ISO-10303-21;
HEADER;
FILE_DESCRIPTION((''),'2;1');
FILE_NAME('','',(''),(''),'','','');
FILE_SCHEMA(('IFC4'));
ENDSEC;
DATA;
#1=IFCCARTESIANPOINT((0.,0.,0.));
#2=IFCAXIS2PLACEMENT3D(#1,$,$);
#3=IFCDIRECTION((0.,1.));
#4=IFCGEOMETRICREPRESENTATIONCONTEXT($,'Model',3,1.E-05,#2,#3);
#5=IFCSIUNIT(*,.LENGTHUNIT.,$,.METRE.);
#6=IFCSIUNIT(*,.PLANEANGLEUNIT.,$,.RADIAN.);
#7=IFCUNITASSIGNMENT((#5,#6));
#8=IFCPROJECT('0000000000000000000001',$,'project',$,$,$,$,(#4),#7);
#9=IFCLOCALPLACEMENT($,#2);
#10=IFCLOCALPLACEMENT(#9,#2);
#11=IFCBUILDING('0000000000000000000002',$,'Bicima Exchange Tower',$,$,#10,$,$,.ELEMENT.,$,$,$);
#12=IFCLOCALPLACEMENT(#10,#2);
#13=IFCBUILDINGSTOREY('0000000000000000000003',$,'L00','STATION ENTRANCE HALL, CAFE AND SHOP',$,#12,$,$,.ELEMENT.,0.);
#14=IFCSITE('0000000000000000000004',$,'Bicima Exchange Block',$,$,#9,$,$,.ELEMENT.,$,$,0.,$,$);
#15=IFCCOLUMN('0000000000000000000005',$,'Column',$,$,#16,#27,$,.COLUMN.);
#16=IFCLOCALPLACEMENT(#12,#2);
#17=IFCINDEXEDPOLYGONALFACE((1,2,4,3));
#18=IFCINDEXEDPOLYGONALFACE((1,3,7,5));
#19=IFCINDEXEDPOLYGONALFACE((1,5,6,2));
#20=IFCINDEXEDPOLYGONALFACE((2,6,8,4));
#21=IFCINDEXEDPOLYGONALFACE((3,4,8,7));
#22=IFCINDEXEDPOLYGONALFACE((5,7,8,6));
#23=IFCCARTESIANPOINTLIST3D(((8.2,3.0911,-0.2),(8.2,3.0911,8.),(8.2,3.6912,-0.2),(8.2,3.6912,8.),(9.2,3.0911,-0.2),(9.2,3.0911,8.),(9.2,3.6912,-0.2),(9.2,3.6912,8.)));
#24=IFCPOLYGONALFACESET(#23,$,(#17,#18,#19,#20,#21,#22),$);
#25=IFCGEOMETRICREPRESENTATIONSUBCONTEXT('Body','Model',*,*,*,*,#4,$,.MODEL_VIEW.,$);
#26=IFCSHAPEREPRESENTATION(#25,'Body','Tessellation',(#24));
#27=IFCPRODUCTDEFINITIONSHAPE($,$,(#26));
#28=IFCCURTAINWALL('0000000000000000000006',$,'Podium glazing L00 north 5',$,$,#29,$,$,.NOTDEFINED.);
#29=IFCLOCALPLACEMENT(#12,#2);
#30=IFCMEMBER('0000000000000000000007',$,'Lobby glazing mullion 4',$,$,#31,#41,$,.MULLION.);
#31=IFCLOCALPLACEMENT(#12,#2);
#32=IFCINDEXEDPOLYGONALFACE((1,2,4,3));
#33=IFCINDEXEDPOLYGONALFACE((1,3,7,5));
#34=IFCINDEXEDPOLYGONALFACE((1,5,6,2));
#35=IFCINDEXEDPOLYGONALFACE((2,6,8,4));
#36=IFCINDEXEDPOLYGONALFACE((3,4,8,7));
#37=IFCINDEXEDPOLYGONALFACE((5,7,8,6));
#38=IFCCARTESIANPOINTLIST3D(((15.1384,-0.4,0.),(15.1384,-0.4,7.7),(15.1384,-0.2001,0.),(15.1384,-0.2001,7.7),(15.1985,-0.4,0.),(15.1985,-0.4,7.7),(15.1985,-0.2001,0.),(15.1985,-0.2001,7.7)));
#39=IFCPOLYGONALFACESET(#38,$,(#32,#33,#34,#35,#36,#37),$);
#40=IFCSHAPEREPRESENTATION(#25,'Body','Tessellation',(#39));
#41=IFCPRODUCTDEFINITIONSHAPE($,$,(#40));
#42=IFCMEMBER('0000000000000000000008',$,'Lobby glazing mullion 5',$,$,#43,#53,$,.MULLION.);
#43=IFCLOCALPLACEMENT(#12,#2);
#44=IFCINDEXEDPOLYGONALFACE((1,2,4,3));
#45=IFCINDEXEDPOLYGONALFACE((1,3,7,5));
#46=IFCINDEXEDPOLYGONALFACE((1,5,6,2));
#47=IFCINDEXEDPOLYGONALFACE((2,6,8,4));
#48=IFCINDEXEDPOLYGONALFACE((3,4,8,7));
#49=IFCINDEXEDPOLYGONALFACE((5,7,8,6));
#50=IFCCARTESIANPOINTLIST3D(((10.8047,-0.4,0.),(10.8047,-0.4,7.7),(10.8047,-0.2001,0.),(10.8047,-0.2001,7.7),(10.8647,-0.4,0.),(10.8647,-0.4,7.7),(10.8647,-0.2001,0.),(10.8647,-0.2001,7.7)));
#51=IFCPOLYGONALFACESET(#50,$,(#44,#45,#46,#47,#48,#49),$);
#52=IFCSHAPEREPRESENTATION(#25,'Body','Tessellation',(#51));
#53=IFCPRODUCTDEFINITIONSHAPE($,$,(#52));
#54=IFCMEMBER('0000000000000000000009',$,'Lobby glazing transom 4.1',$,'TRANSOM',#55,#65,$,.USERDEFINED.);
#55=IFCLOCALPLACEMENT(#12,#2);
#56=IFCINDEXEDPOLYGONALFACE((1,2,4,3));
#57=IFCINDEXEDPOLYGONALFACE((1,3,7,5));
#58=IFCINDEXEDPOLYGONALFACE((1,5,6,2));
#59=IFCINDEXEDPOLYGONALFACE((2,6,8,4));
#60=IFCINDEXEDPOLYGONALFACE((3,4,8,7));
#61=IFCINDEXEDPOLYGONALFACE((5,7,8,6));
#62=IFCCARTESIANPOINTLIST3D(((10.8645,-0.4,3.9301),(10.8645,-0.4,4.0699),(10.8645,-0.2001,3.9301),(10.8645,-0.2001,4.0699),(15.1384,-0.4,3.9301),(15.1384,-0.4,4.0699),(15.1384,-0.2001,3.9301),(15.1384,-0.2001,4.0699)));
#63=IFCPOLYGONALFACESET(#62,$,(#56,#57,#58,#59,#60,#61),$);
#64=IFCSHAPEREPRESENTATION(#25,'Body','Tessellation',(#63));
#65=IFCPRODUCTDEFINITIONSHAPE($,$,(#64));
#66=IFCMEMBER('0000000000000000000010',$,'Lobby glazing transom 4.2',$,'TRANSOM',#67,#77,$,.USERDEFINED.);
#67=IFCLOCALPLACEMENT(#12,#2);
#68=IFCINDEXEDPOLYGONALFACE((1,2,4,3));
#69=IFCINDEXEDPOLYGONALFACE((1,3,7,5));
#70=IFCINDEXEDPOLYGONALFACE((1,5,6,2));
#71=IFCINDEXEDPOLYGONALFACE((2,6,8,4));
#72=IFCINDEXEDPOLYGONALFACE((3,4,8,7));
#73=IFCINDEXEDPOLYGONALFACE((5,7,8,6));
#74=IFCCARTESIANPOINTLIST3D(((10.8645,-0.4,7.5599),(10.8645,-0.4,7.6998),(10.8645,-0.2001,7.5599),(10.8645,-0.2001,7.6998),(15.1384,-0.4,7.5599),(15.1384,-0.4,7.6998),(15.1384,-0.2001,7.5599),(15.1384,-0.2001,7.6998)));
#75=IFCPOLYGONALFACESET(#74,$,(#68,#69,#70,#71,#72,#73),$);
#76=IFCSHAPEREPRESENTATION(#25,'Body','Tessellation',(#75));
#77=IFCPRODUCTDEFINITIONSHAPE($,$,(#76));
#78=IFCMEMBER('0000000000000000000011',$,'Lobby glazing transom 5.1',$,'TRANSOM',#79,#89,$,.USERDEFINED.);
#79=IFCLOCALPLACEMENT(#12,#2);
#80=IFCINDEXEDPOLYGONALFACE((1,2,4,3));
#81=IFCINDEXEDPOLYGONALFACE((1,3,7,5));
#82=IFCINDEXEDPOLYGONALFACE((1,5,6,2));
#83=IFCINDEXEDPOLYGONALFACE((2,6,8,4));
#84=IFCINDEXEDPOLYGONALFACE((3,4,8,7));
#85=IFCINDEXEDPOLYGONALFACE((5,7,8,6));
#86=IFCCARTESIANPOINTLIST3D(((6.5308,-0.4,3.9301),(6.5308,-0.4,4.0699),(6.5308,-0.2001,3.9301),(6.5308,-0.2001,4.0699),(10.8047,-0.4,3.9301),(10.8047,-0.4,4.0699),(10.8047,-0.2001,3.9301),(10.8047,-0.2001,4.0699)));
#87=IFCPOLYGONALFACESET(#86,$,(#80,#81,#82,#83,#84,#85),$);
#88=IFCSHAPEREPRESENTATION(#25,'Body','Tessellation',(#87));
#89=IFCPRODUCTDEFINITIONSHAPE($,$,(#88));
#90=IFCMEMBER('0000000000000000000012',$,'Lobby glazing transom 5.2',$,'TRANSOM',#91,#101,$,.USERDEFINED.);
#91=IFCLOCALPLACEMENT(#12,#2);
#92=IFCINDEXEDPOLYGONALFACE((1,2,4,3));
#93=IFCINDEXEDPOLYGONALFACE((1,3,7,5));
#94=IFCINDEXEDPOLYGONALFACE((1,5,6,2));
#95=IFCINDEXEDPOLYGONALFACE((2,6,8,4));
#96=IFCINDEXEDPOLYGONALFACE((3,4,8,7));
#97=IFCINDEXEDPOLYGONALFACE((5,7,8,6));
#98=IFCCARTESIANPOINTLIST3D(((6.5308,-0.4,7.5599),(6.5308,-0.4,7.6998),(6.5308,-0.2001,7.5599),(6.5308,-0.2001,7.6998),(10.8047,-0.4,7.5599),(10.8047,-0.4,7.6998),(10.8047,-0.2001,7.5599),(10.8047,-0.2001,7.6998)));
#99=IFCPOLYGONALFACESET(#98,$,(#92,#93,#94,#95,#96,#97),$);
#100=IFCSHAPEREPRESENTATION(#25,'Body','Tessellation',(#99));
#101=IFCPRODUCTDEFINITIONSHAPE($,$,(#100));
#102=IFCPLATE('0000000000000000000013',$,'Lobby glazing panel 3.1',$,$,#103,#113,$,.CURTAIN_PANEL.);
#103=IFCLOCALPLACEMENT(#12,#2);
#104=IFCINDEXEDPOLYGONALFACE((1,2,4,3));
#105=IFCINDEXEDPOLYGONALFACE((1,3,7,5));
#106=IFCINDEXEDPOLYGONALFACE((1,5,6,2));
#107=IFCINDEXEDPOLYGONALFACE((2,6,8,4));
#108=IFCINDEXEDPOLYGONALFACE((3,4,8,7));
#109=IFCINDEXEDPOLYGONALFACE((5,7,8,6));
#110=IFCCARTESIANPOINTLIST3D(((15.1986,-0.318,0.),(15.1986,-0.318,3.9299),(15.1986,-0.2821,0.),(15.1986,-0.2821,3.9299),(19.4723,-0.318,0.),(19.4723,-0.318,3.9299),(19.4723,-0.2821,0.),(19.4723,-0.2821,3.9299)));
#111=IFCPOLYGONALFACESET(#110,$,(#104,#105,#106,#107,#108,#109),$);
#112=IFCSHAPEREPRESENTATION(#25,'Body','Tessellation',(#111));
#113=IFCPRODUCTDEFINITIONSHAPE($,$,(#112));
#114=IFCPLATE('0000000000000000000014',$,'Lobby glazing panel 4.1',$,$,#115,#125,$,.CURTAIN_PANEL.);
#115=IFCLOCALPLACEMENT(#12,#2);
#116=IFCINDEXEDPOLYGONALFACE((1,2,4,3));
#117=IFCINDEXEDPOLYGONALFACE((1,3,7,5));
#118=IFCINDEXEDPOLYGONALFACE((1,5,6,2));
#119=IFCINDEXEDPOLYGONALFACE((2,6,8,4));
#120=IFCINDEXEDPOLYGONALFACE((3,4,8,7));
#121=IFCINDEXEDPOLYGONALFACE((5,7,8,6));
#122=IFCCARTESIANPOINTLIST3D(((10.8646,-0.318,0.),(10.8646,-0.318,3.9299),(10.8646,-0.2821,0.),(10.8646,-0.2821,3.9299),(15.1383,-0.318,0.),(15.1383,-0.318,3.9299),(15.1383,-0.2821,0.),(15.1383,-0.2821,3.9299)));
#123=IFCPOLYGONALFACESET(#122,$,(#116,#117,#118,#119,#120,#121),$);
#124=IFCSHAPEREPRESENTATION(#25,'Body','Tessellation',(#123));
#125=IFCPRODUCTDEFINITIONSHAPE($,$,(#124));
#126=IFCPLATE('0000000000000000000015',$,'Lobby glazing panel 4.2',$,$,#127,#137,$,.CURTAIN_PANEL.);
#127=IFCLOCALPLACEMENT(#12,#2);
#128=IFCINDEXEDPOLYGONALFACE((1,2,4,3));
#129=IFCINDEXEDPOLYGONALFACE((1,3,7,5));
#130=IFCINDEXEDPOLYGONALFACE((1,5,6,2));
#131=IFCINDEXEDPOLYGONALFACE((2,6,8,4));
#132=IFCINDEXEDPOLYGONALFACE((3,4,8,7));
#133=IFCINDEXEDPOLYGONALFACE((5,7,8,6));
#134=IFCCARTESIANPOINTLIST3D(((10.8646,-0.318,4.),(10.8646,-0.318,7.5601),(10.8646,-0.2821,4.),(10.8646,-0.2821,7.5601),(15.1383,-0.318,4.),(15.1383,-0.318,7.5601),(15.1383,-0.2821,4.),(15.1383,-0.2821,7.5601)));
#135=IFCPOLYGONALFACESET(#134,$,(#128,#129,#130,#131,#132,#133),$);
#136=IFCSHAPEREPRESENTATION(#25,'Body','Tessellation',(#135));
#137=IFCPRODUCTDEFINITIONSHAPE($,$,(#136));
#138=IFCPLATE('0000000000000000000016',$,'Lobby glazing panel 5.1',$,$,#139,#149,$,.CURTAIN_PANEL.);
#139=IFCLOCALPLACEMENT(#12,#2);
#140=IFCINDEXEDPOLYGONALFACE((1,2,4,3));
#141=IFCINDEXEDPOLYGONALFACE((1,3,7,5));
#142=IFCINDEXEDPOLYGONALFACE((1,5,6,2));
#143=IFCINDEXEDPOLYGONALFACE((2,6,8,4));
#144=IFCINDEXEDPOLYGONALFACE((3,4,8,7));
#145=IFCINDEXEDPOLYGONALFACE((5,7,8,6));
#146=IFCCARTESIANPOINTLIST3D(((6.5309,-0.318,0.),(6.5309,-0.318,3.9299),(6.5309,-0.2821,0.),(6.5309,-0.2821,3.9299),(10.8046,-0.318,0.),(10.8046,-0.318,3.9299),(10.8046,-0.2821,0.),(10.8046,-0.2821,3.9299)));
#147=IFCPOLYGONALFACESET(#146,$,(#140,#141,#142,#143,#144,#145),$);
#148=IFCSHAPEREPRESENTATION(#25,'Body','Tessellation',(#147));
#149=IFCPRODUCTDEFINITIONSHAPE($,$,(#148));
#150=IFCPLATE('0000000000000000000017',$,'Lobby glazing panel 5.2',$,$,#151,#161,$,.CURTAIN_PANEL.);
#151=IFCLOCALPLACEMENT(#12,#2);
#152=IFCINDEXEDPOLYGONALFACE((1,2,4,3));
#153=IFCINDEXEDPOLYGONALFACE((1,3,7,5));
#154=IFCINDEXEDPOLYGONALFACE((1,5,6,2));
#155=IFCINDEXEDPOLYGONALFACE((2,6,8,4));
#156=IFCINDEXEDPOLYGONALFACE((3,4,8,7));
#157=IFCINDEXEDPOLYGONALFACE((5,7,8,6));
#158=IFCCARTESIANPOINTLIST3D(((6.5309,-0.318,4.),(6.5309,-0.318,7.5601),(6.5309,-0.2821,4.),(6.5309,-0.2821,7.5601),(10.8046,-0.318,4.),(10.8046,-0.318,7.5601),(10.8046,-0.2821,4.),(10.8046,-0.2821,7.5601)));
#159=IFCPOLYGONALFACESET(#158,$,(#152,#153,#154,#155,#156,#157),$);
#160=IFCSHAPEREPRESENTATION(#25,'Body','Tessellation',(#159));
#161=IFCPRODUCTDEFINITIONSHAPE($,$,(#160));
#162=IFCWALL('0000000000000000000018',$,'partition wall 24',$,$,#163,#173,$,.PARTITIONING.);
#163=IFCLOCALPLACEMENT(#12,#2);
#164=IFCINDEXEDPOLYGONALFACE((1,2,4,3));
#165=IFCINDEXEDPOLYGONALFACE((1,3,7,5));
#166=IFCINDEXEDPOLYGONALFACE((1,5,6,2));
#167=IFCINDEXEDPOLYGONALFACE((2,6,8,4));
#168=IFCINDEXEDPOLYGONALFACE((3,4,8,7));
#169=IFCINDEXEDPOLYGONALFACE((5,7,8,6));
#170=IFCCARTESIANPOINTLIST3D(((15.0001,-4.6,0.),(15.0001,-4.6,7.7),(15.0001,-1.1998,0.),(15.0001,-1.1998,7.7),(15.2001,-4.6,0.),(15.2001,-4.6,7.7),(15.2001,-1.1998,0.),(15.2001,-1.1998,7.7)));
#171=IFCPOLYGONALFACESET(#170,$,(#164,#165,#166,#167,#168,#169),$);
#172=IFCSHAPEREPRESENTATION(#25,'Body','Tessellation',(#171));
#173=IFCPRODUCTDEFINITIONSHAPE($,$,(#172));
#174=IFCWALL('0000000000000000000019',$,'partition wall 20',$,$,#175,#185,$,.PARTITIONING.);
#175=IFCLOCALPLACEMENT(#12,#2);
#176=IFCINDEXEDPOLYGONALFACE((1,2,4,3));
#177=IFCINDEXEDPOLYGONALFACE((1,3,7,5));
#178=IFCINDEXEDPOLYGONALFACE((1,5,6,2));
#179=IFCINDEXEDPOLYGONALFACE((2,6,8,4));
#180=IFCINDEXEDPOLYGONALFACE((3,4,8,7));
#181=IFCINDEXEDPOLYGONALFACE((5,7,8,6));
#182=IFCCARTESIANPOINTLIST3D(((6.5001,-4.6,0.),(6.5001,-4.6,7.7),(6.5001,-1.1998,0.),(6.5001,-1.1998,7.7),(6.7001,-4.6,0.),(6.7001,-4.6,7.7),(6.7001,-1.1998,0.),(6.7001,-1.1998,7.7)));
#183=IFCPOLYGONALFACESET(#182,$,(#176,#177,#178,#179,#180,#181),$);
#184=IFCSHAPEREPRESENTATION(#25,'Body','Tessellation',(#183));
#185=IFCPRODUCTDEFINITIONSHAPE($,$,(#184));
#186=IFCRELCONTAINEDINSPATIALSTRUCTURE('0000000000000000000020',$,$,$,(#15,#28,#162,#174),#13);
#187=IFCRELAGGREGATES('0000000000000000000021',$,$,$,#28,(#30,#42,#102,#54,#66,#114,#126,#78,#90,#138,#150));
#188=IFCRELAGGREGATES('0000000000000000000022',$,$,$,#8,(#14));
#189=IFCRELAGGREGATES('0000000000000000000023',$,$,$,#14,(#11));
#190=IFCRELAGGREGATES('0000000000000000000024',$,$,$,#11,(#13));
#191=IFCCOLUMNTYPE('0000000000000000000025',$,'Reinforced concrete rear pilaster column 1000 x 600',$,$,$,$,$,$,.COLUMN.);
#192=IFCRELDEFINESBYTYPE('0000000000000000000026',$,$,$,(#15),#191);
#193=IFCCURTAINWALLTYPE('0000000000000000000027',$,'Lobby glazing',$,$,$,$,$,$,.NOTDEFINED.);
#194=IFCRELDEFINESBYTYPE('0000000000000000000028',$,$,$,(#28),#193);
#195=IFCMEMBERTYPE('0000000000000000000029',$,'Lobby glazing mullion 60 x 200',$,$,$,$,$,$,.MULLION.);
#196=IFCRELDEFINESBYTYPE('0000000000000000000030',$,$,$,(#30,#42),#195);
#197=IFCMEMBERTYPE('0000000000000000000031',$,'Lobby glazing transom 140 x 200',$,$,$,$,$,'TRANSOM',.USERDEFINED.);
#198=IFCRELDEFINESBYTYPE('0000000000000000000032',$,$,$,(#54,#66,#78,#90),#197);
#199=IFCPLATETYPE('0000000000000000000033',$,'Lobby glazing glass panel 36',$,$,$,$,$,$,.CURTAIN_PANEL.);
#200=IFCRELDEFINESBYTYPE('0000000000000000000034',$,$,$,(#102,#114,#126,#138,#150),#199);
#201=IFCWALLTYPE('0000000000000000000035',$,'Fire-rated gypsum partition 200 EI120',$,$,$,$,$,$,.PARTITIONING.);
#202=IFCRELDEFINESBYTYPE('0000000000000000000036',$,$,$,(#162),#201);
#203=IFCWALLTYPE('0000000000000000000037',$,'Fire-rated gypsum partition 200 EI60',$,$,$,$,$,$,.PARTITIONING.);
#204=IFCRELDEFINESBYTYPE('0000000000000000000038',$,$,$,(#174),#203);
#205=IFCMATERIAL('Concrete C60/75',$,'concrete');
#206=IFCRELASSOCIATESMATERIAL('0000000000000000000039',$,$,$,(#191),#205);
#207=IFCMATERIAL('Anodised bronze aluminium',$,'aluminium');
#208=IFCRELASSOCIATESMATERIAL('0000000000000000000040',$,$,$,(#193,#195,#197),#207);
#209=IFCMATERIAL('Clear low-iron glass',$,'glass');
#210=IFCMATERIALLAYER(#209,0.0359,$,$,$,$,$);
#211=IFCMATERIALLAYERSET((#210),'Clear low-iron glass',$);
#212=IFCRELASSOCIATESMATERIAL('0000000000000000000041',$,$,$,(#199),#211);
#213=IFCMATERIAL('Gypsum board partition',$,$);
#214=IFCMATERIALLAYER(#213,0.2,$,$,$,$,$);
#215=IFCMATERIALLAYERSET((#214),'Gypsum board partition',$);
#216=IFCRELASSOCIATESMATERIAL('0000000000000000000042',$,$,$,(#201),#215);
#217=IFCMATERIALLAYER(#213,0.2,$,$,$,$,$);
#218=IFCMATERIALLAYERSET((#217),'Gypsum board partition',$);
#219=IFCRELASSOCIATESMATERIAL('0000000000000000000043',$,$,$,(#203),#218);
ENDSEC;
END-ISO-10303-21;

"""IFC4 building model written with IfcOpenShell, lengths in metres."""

from ifc_helpers import new_model, si_unit, direction, frame, frame_2d, origin, origin_2d, place, context, subcontext, project, spatial, rectangle, extrude, material, layer, layer_set, material_profile, profile_set, type_object, element, aggregate, save


model = new_model("IFC4")

# Units and contexts
model_context = context("Model", 3, precision=1e-05, world=origin(), true_north=direction((0.0, 1.0)))
body_context = subcontext(model_context, "Body", "Model", "MODEL_VIEW")
ifc_project = project(units=[si_unit("LENGTHUNIT", "METRE"), si_unit("PLANEANGLEUNIT", "RADIAN")], contexts=[model_context])

# Site, building, storey
site_placement = place(None, origin())
site = spatial("IfcSite", under=ifc_project, at=site_placement, Name="Bicima Exchange Block", CompositionType="ELEMENT", RefElevation=0.0)
building_placement = place(site_placement, origin())
building = spatial("IfcBuilding", under=site, at=building_placement, Name="Bicima Exchange Tower", CompositionType="ELEMENT")
storey_placement = place(building_placement, origin())
storey = spatial("IfcBuildingStorey", under=building, at=storey_placement, Name="L00", Description="STATION ENTRANCE HALL, CAFE AND SHOP", CompositionType="ELEMENT", Elevation=0.0)

# Column
ifc_material_1 = material(Name="Concrete C60/75", Category="concrete")
ifc_material_profile_1 = material_profile(ifc_material_1, rectangle(XDim=1.0, YDim=0.6001, at=origin_2d()))
ifc_profile_set_1 = profile_set([ifc_material_profile_1], Name="Concrete C60/75")
column_type = type_object("IfcColumnType", Name="Reinforced concrete rear pilaster column 1000 x 600", PredefinedType="COLUMN", material=ifc_profile_set_1)
column_placement = place(storey_placement, frame((8.7, 3.3911, -0.2), z_axis=(0.0, 0.0, 1.0), x_axis=(1.0, 0.0, 0.0)))
element("IfcColumn", 1, at=column_placement, inside=storey, type_object=column_type, Name="Column", PredefinedType="COLUMN", context=body_context, shape_type="SweptSolid", body=[
    extrude(rectangle(XDim=1.0, YDim=0.6001, at=origin_2d()), origin(), (0.0, 0.0, 1.0), 8.2),
])

# Curtain wall, members, plates
ifc_material_2 = material(Name="Anodised bronze aluminium", Category="aluminium")
curtain_wall_type = type_object("IfcCurtainWallType", Name="Lobby glazing", PredefinedType="NOTDEFINED", material=ifc_material_2)
curtain_wall_placement = place(storey_placement, origin())
curtain_wall = element("IfcCurtainWall", 2, at=curtain_wall_placement, inside=storey, type_object=curtain_wall_type, Name="Podium glazing L00 north 5", PredefinedType="NOTDEFINED")
ifc_material_profile_2 = material_profile(ifc_material_2, rectangle(XDim=0.2, YDim=0.0601, at=origin_2d()))
ifc_profile_set_2 = profile_set([ifc_material_profile_2], Name="Anodised bronze aluminium")
member_type_1 = type_object("IfcMemberType", Name="Lobby glazing mullion 60 x 200", PredefinedType="MULLION", material=ifc_profile_set_2)
member_1_placement = place(storey_placement, frame((15.1685, -0.3, 0.0), z_axis=(0.0, 0.0, 1.0), x_axis=(0.0, -1.0, 0.0)))
member_1 = element("IfcMember", 3, at=member_1_placement, type_object=member_type_1, Name="Lobby glazing mullion 4", PredefinedType="MULLION", context=body_context, shape_type="SweptSolid", body=[
    extrude(rectangle(XDim=0.2, YDim=0.0601, at=origin_2d()), origin(), (0.0, 0.0, 1.0), 7.7),
])
member_2_placement = place(storey_placement, frame((10.8347, -0.3, 0.0), z_axis=(0.0, 0.0, 1.0), x_axis=(0.0, -1.0, 0.0)))
member_2 = element("IfcMember", 4, at=member_2_placement, type_object=member_type_1, Name="Lobby glazing mullion 5", PredefinedType="MULLION", context=body_context, shape_type="SweptSolid", body=[
    extrude(rectangle(XDim=0.2, YDim=0.0601, at=origin_2d()), origin(), (0.0, 0.0, 1.0), 7.7),
])
ifc_material_profile_3 = material_profile(ifc_material_2, rectangle(XDim=0.2, YDim=0.1399, at=origin_2d()))
ifc_profile_set_3 = profile_set([ifc_material_profile_3], Name="Anodised bronze aluminium")
member_type_2 = type_object("IfcMemberType", Name="Lobby glazing transom 140 x 200", ElementType="TRANSOM", PredefinedType="USERDEFINED", material=ifc_profile_set_3)
member_3_placement = place(storey_placement, frame((15.1384, -0.3, 4.0), z_axis=(-1.0, 0.0, 0.0), x_axis=(0.0, -1.0, 0.0)))
member_3 = element("IfcMember", 5, at=member_3_placement, type_object=member_type_2, Name="Lobby glazing transom 4.1", ObjectType="TRANSOM", PredefinedType="USERDEFINED", context=body_context, shape_type="SweptSolid", body=[
    extrude(rectangle(XDim=0.2, YDim=0.1399, at=origin_2d()), origin(), (0.0, 0.0, 1.0), 4.2739),
])
member_4_placement = place(storey_placement, frame((15.1384, -0.3, 7.6299), z_axis=(-1.0, 0.0, 0.0), x_axis=(0.0, -1.0, 0.0)))
member_4 = element("IfcMember", 6, at=member_4_placement, type_object=member_type_2, Name="Lobby glazing transom 4.2", ObjectType="TRANSOM", PredefinedType="USERDEFINED", context=body_context, shape_type="SweptSolid", body=[
    extrude(rectangle(XDim=0.2, YDim=0.1399, at=origin_2d()), origin(), (0.0, 0.0, 1.0), 4.2739),
])
member_5_placement = place(storey_placement, frame((10.8047, -0.3, 4.0), z_axis=(-1.0, 0.0, 0.0), x_axis=(0.0, -1.0, 0.0)))
member_5 = element("IfcMember", 7, at=member_5_placement, type_object=member_type_2, Name="Lobby glazing transom 5.1", ObjectType="TRANSOM", PredefinedType="USERDEFINED", context=body_context, shape_type="SweptSolid", body=[
    extrude(rectangle(XDim=0.2, YDim=0.1399, at=origin_2d()), origin(), (0.0, 0.0, 1.0), 4.2739),
])
member_6_placement = place(storey_placement, frame((10.8047, -0.3, 7.6299), z_axis=(-1.0, 0.0, 0.0), x_axis=(0.0, -1.0, 0.0)))
member_6 = element("IfcMember", 8, at=member_6_placement, type_object=member_type_2, Name="Lobby glazing transom 5.2", ObjectType="TRANSOM", PredefinedType="USERDEFINED", context=body_context, shape_type="SweptSolid", body=[
    extrude(rectangle(XDim=0.2, YDim=0.1399, at=origin_2d()), origin(), (0.0, 0.0, 1.0), 4.2739),
])
ifc_material_3 = material(Name="Clear low-iron glass", Category="glass")
ifc_layer_1 = layer(ifc_material_3, 0.0359)
ifc_layer_set_1 = layer_set([ifc_layer_1], Name="Clear low-iron glass")
plate_type = type_object("IfcPlateType", Name="Lobby glazing glass panel 36", PredefinedType="CURTAIN_PANEL", material=ifc_layer_set_1)
plate_1_placement = place(storey_placement, frame((17.3354, -0.3, 0.0), z_axis=(0.0, 0.0, 1.0), x_axis=(-1.0, 0.0, 0.0)))
plate_1 = element("IfcPlate", 9, at=plate_1_placement, type_object=plate_type, Name="Lobby glazing panel 3.1", PredefinedType="CURTAIN_PANEL", context=body_context, shape_type="SweptSolid", body=[
    extrude(rectangle(XDim=4.2737, YDim=0.0359, at=origin_2d()), origin(), (0.0, 0.0, 1.0), 3.9299),
])
plate_2_placement = place(storey_placement, frame((13.0015, -0.3, 0.0), z_axis=(0.0, 0.0, 1.0), x_axis=(-1.0, 0.0, 0.0)))
plate_2 = element("IfcPlate", 10, at=plate_2_placement, type_object=plate_type, Name="Lobby glazing panel 4.1", PredefinedType="CURTAIN_PANEL", context=body_context, shape_type="SweptSolid", body=[
    extrude(rectangle(XDim=4.2737, YDim=0.0359, at=origin_2d()), origin(), (0.0, 0.0, 1.0), 3.9299),
])
plate_3_placement = place(storey_placement, frame((13.0015, -0.3, 4.0), z_axis=(0.0, 0.0, 1.0), x_axis=(-1.0, 0.0, 0.0)))
plate_3 = element("IfcPlate", 11, at=plate_3_placement, type_object=plate_type, Name="Lobby glazing panel 4.2", PredefinedType="CURTAIN_PANEL", context=body_context, shape_type="SweptSolid", body=[
    extrude(rectangle(XDim=4.2737, YDim=0.0359, at=origin_2d()), origin(), (0.0, 0.0, 1.0), 3.5601),
])
plate_4_placement = place(storey_placement, frame((8.6677, -0.3, 0.0), z_axis=(0.0, 0.0, 1.0), x_axis=(-1.0, 0.0, 0.0)))
plate_4 = element("IfcPlate", 12, at=plate_4_placement, type_object=plate_type, Name="Lobby glazing panel 5.1", PredefinedType="CURTAIN_PANEL", context=body_context, shape_type="SweptSolid", body=[
    extrude(rectangle(XDim=4.2737, YDim=0.0359, at=origin_2d()), origin(), (0.0, 0.0, 1.0), 3.9299),
])
plate_5_placement = place(storey_placement, frame((8.6677, -0.3, 4.0), z_axis=(0.0, 0.0, 1.0), x_axis=(-1.0, 0.0, 0.0)))
plate_5 = element("IfcPlate", 13, at=plate_5_placement, type_object=plate_type, Name="Lobby glazing panel 5.2", PredefinedType="CURTAIN_PANEL", context=body_context, shape_type="SweptSolid", body=[
    extrude(rectangle(XDim=4.2737, YDim=0.0359, at=origin_2d()), origin(), (0.0, 0.0, 1.0), 3.5601),
])
aggregate(curtain_wall, [member_1, member_2, plate_1, member_3, member_4, plate_2, plate_3, member_5, member_6, plate_4, plate_5])

# Walls
ifc_material_4 = material(Name="Gypsum board partition")
ifc_layer_2 = layer(ifc_material_4, 0.2)
ifc_layer_set_2 = layer_set([ifc_layer_2], Name="Gypsum board partition")
wall_type_1 = type_object("IfcWallType", Name="Fire-rated gypsum partition 200 EI120", PredefinedType="PARTITIONING", material=ifc_layer_set_2)
wall_placement = place(storey_placement, frame((15.1001, -4.6001, 0.0), z_axis=(0.0, 0.0, 1.0), x_axis=(0.0, 1.0, 0.0)))
element("IfcWall", 14, at=wall_placement, inside=storey, type_object=wall_type_1, Name="partition wall 24", PredefinedType="PARTITIONING", context=body_context, shape_type="SweptSolid", body=[
    extrude(rectangle(XDim=3.4001, YDim=0.2, at=frame_2d((1.7002, 0.0))), origin(), (0.0, 0.0, 1.0), 7.7),
])
ifc_layer_3 = layer(ifc_material_4, 0.2)
ifc_layer_set_3 = layer_set([ifc_layer_3], Name="Gypsum board partition")
wall_type_2 = type_object("IfcWallType", Name="Fire-rated gypsum partition 200 EI60", PredefinedType="PARTITIONING", material=ifc_layer_set_3)
for number, where, z_axis, x_axis, name in (
    (15, (6.6001, -4.6001, 0.0), (0.0, 0.0, 1.0), (0.0, 1.0, 0.0), "partition wall 20"),
):
    element("IfcWall", number, at=place(storey_placement, frame(where, z_axis=z_axis, x_axis=x_axis)), inside=storey, type_object=wall_type_2, Name=name, PredefinedType="PARTITIONING", context=body_context, shape_type="SweptSolid", body=[
        extrude(rectangle(XDim=3.4001, YDim=0.2, at=frame_2d((1.7002, 0.0))), origin(), (0.0, 0.0, 1.0), 7.7),
    ])

save(model, "model.ifc")
